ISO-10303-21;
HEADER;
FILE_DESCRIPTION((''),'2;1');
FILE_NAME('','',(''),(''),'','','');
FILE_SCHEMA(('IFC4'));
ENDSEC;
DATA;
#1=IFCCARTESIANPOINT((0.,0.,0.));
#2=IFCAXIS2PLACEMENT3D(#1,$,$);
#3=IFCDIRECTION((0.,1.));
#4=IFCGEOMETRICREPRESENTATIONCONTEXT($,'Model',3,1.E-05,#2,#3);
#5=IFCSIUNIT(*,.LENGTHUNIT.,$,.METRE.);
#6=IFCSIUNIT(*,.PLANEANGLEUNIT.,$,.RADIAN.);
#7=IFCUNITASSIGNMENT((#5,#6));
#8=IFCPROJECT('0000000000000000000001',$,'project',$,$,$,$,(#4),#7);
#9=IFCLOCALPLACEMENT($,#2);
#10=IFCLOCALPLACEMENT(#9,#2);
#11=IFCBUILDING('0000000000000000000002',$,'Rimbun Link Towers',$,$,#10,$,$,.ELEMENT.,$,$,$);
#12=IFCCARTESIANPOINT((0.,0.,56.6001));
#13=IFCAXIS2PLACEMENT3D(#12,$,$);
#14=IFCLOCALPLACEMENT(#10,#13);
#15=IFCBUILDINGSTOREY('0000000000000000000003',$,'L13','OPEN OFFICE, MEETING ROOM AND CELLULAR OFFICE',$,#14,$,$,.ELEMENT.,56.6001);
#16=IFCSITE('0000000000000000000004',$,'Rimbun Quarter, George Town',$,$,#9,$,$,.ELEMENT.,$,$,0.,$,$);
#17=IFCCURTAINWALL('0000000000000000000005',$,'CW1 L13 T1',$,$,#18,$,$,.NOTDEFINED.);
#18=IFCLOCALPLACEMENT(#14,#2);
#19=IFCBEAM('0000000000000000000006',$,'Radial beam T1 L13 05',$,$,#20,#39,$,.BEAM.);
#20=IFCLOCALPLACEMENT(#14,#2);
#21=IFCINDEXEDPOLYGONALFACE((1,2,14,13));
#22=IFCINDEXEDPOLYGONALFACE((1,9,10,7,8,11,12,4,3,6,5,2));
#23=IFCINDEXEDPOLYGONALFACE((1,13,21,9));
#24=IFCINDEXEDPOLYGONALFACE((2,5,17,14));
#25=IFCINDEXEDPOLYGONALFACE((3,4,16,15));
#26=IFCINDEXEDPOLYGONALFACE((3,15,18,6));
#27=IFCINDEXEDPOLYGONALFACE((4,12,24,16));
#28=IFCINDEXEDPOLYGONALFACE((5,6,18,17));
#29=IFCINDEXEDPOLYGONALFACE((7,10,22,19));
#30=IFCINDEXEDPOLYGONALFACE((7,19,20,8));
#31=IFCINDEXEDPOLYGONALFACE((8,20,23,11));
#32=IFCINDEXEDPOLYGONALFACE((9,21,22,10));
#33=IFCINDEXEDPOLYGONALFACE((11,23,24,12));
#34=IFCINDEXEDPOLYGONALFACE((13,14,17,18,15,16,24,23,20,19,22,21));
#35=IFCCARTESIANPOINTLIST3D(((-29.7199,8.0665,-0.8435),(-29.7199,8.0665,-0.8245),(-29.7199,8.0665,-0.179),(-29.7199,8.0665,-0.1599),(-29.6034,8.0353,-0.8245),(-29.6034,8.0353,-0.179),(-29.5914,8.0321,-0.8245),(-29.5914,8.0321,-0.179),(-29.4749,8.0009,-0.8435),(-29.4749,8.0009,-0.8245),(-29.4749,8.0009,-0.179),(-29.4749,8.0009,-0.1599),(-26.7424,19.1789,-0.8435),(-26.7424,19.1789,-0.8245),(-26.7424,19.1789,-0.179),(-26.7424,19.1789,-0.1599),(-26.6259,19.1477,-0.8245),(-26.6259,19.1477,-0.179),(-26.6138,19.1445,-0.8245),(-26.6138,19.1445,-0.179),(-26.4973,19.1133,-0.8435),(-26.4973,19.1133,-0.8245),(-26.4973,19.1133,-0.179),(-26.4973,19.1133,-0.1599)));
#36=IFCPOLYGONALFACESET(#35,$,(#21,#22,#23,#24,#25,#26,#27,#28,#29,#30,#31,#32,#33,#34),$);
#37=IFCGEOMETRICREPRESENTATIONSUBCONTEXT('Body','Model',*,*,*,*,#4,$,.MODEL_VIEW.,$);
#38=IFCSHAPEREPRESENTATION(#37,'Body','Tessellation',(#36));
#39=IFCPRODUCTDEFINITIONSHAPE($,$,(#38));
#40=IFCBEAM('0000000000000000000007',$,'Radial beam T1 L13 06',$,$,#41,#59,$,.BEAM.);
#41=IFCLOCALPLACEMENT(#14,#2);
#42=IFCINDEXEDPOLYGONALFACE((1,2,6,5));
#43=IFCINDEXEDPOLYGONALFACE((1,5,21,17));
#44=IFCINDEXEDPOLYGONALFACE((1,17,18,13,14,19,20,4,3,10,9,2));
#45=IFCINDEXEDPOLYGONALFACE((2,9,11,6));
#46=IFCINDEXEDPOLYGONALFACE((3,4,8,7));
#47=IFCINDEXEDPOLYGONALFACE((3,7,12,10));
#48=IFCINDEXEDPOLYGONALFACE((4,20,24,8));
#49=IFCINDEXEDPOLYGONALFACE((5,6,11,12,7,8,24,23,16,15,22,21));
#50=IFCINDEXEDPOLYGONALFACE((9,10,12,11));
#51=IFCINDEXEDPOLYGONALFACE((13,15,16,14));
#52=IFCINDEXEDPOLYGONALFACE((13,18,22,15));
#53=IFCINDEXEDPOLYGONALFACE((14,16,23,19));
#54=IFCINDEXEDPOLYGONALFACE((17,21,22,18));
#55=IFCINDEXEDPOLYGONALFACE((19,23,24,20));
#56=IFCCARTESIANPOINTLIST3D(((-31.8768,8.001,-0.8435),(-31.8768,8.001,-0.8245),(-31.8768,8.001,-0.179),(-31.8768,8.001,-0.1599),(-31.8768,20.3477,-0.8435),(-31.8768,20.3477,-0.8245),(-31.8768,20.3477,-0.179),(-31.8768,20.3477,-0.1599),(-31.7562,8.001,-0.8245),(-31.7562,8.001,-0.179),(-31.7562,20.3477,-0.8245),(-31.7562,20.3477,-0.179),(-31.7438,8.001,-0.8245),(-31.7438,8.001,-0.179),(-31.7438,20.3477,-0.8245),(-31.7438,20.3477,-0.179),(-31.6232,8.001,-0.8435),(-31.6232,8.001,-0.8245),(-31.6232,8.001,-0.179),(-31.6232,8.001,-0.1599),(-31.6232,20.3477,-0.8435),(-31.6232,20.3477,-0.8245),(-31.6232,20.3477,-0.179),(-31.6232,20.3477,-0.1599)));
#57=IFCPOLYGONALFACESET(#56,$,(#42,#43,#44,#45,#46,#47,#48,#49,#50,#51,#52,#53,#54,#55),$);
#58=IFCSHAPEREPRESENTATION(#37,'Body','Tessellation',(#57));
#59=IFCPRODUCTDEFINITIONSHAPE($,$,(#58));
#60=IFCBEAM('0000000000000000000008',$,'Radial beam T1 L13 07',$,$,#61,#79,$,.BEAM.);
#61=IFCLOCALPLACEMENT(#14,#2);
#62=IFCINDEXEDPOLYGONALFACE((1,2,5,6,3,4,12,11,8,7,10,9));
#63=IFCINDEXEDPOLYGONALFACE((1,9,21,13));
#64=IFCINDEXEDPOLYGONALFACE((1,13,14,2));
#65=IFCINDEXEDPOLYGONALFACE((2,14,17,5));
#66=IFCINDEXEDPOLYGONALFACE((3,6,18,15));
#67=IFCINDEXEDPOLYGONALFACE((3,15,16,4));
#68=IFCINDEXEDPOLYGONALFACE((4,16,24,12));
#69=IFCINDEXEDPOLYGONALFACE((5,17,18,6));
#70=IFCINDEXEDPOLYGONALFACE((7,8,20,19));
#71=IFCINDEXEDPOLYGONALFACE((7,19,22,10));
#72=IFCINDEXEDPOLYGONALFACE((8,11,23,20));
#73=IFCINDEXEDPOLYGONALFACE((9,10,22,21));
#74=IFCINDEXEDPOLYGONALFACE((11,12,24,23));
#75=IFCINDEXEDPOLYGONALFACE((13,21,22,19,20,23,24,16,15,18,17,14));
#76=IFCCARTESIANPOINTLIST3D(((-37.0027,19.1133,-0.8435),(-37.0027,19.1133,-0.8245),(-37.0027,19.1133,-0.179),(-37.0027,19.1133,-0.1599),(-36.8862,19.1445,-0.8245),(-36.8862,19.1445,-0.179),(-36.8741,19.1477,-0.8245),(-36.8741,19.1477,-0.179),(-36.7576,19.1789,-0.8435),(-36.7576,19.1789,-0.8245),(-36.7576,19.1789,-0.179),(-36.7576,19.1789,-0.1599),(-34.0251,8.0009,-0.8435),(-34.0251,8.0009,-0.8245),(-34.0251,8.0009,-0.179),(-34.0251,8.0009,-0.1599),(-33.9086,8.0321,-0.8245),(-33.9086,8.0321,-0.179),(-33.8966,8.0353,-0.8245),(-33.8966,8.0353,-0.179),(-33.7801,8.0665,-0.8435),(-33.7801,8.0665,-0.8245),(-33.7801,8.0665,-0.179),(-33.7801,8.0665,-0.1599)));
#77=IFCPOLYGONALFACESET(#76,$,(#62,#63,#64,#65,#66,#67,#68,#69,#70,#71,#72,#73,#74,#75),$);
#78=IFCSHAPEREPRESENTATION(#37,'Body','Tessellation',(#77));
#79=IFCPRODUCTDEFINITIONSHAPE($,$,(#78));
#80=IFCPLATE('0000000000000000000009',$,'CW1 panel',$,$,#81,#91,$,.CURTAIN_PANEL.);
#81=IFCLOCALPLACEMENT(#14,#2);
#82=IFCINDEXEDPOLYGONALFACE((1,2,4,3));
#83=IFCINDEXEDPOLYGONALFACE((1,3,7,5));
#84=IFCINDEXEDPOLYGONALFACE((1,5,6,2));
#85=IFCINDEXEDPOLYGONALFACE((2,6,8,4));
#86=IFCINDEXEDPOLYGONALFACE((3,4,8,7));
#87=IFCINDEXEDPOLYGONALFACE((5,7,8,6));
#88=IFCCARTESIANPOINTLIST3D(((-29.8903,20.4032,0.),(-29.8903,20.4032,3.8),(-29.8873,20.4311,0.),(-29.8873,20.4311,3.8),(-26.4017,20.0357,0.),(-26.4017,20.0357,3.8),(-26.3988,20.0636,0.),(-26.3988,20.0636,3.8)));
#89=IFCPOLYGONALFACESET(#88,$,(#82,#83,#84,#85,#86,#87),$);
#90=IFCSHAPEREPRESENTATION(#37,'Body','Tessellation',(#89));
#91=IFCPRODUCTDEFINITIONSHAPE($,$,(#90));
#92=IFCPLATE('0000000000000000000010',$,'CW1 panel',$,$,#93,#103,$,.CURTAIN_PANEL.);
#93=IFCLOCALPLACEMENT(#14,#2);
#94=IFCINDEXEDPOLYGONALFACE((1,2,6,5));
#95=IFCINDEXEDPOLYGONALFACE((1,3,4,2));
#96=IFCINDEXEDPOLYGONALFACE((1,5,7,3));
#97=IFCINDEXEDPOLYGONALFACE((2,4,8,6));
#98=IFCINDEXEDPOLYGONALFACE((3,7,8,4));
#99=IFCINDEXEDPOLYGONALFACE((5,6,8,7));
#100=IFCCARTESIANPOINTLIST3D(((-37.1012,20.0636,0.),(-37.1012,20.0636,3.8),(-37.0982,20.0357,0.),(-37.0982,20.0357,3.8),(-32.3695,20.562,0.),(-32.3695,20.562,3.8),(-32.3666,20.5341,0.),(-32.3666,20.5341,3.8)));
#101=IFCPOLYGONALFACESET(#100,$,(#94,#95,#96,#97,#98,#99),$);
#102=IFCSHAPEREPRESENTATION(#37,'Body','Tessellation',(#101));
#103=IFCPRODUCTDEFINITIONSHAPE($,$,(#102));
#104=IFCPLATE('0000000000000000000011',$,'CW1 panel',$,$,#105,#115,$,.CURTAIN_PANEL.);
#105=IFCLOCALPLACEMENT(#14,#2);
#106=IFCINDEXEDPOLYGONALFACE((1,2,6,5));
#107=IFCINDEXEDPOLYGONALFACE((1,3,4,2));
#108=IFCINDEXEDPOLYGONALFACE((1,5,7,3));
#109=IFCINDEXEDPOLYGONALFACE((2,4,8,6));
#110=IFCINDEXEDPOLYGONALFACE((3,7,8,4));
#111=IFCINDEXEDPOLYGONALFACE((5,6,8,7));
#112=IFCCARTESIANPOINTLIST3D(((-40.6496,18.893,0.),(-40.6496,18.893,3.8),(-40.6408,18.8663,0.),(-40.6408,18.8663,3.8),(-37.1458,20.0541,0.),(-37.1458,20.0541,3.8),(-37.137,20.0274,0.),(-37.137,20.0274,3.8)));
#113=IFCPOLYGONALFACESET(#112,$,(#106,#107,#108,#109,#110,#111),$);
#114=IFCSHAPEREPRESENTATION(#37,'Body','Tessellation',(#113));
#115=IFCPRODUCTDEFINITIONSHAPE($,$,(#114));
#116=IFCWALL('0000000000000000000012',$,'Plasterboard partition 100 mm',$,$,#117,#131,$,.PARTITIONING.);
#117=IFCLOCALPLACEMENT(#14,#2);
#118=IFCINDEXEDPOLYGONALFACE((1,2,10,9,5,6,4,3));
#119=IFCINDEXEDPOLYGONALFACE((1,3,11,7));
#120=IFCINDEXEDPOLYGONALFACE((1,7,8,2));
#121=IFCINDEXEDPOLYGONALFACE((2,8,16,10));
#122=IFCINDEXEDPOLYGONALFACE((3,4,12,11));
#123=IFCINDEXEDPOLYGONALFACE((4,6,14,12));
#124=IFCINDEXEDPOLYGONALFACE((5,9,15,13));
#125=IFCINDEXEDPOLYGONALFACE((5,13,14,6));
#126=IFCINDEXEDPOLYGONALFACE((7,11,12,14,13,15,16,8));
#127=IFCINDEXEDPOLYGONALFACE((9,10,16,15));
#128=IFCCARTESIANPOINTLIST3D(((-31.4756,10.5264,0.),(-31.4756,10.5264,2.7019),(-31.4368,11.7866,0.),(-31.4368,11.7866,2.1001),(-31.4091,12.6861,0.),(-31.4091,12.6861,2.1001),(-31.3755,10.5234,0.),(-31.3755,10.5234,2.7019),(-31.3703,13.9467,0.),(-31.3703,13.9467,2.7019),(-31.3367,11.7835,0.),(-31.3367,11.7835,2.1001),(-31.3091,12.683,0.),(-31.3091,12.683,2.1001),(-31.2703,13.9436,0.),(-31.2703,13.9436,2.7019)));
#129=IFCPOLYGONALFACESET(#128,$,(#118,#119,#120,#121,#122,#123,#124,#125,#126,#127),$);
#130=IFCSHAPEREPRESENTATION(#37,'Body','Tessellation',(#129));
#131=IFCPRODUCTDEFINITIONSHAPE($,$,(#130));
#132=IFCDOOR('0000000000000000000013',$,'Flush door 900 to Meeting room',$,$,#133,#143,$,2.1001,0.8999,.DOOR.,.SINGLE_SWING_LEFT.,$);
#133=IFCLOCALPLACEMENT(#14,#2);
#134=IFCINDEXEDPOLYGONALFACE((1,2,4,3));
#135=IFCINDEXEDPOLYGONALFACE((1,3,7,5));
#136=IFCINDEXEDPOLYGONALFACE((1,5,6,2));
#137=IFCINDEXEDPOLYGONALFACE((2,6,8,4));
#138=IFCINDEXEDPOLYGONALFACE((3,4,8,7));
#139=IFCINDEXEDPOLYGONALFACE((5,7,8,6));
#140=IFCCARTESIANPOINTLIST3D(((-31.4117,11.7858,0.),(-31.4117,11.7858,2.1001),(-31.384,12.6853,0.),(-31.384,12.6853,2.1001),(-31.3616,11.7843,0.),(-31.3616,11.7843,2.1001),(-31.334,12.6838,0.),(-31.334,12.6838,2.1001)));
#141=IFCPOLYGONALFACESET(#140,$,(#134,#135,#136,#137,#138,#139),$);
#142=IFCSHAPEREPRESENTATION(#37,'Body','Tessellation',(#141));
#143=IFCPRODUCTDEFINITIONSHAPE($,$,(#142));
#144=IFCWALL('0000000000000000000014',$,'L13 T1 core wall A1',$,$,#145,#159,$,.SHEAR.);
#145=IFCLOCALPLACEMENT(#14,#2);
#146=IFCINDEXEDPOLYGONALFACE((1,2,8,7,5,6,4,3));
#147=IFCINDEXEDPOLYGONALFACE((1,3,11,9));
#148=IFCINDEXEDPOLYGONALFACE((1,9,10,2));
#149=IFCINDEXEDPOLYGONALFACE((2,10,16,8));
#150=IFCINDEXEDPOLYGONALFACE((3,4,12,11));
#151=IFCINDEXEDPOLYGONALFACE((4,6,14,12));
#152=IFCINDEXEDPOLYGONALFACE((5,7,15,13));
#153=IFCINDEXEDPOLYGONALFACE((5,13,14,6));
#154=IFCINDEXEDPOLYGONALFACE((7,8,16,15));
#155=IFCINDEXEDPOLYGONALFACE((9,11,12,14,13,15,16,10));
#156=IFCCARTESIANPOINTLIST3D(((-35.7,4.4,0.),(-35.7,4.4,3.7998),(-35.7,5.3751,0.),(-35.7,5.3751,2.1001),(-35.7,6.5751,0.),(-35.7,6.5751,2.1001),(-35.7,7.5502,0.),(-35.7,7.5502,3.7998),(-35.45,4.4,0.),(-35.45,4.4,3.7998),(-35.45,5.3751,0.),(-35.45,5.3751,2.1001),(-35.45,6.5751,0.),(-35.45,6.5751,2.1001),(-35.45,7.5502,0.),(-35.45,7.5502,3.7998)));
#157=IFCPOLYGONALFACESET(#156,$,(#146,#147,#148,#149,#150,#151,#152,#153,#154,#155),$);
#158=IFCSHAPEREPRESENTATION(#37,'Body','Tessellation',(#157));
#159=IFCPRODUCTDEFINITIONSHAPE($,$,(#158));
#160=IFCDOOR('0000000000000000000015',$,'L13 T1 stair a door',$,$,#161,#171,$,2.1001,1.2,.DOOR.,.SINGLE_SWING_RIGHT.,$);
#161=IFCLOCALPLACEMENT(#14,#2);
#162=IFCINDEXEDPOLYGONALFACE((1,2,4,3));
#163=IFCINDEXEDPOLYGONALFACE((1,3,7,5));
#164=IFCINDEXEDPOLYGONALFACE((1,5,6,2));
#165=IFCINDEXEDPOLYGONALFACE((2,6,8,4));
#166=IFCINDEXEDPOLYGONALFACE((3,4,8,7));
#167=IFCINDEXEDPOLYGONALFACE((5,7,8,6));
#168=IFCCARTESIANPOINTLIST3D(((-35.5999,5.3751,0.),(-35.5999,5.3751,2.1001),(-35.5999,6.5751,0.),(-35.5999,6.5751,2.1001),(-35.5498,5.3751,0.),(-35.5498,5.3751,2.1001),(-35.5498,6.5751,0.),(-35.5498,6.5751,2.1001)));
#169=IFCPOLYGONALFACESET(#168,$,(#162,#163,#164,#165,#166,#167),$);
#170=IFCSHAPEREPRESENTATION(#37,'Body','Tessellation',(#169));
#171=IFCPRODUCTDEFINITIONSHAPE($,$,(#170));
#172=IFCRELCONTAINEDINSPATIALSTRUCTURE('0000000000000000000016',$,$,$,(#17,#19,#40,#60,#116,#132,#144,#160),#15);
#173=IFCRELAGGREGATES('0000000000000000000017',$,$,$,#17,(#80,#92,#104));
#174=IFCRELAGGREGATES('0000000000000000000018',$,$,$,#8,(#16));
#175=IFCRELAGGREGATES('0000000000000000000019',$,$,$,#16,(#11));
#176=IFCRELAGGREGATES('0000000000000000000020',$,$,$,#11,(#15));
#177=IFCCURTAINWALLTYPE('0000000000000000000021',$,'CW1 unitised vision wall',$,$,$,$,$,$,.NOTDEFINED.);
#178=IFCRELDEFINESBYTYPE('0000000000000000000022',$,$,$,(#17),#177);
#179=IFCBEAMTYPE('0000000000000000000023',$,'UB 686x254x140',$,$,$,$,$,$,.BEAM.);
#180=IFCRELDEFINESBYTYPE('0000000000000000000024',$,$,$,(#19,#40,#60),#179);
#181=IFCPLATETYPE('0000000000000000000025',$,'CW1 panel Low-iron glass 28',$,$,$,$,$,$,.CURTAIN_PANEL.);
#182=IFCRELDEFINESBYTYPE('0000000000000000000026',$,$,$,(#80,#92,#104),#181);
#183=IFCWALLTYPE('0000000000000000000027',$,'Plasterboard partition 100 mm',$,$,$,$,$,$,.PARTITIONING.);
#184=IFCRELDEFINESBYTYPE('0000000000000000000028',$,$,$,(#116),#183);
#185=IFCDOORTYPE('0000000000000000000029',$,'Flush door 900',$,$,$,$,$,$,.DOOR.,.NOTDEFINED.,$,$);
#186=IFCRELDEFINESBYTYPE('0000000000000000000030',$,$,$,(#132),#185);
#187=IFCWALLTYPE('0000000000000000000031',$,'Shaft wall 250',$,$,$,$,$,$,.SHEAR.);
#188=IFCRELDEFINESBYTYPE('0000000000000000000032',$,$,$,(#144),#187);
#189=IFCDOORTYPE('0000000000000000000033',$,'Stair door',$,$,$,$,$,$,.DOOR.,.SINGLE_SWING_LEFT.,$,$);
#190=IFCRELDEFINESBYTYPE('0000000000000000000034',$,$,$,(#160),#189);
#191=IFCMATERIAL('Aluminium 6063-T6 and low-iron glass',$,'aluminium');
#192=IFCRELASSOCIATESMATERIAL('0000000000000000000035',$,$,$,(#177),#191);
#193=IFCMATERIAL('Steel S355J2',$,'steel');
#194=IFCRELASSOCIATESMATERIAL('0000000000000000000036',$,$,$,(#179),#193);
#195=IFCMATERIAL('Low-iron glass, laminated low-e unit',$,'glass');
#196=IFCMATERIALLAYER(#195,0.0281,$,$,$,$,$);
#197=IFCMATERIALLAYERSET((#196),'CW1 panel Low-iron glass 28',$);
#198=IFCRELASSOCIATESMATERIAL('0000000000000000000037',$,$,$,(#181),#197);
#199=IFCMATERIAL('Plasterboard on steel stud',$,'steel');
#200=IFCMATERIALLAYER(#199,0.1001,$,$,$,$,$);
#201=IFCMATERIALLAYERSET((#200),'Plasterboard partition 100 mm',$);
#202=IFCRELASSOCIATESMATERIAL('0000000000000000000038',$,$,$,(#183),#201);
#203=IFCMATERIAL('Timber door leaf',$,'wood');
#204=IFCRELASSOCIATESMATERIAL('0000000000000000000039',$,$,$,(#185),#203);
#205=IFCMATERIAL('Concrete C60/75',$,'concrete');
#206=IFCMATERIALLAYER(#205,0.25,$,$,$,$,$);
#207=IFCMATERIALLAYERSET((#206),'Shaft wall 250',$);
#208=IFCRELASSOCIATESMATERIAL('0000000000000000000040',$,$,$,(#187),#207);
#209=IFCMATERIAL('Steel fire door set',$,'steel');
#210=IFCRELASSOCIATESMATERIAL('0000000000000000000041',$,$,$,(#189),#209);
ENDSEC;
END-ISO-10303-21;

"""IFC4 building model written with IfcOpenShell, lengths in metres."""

from ifc_helpers import new_model, si_unit, direction, frame, frame_2d, origin, origin_2d, place, context, subcontext, project, spatial, rectangle, i_section, extrude, material, layer, layer_set, material_profile, profile_set, type_object, element, fill, aggregate, save


model = new_model("IFC4")

# Units and contexts
model_context = context("Model", 3, precision=1e-05, world=origin(), true_north=direction((0.0, 1.0)))
body_context = subcontext(model_context, "Body", "Model", "MODEL_VIEW")
ifc_project = project(units=[si_unit("LENGTHUNIT", "METRE"), si_unit("PLANEANGLEUNIT", "RADIAN")], contexts=[model_context])

# Site, building, storey
site_placement = place(None, origin())
site = spatial("IfcSite", under=ifc_project, at=site_placement, Name="Rimbun Quarter, George Town", CompositionType="ELEMENT", RefElevation=0.0)
building_placement = place(site_placement, origin())
building = spatial("IfcBuilding", under=site, at=building_placement, Name="Rimbun Link Towers", CompositionType="ELEMENT")
storey_placement = place(building_placement, frame((0.0, 0.0, 56.6001)))
storey = spatial("IfcBuildingStorey", under=building, at=storey_placement, Name="L13", Description="OPEN OFFICE, MEETING ROOM AND CELLULAR OFFICE", CompositionType="ELEMENT", Elevation=56.6001)

# Curtain wall
ifc_material_1 = material(Name="Aluminium 6063-T6 and low-iron glass", Category="aluminium")
curtain_wall_type = type_object("IfcCurtainWallType", Name="CW1 unitised vision wall", PredefinedType="NOTDEFINED", material=ifc_material_1)
curtain_wall_placement = place(storey_placement, origin())
curtain_wall = element("IfcCurtainWall", 1, at=curtain_wall_placement, inside=storey, type_object=curtain_wall_type, Name="CW1 L13 T1", PredefinedType="NOTDEFINED")

# Beams
ifc_material_2 = material(Name="Steel S355J2", Category="steel")
ifc_material_profile_1 = material_profile(ifc_material_2, i_section(OverallWidth=0.2537, OverallDepth=0.6836, WebThickness=0.0125, FlangeThickness=0.019, at=origin_2d()), Name="UB 686x254x140")
ifc_profile_set_1 = profile_set([ifc_material_profile_1], Name="Steel S355J2")
beam_type_1 = type_object("IfcBeamType", Name="UB 686x254x140", PredefinedType="BEAM", material=ifc_profile_set_1)
beam_1_placement = place(storey_placement, frame((-29.5974, 8.0337, -0.5017), z_axis=(0.25882, 0.965926, 0.0), x_axis=(-0.965926, 0.25882, 0.0)))
element("IfcBeam", 2, at=beam_1_placement, inside=storey, type_object=beam_type_1, Name="Radial beam T1 L13 05", PredefinedType="BEAM", context=body_context, shape_type="SweptSolid", body=[
    extrude(i_section(OverallWidth=0.2537, OverallDepth=0.6836, WebThickness=0.0125, FlangeThickness=0.019, at=origin_2d()), origin(), (0.0, 0.0, 1.0), 11.5044),
])
beam_2_placement = place(storey_placement, frame((-31.75, 8.001, -0.5017), z_axis=(0.0, 1.0, 0.0), x_axis=(-1.0, 0.0, 0.0)))
element("IfcBeam", 3, at=beam_2_placement, inside=storey, type_object=beam_type_1, Name="Radial beam T1 L13 06", PredefinedType="BEAM", context=body_context, shape_type="SweptSolid", body=[
    extrude(i_section(OverallWidth=0.2537, OverallDepth=0.6836, WebThickness=0.0125, FlangeThickness=0.019, at=origin_2d()), origin(), (0.0, 0.0, 1.0), 12.3467),
])
beam_3_placement = place(storey_placement, frame((-33.9026, 8.0337, -0.5017), z_axis=(-0.25882, 0.965926, 0.0), x_axis=(-0.965926, -0.25882, 0.0)))
element("IfcBeam", 4, at=beam_3_placement, inside=storey, type_object=beam_type_1, Name="Radial beam T1 L13 07", PredefinedType="BEAM", context=body_context, shape_type="SweptSolid", body=[
    extrude(i_section(OverallWidth=0.2537, OverallDepth=0.6836, WebThickness=0.0125, FlangeThickness=0.019, at=origin_2d()), origin(), (0.0, 0.0, 1.0), 11.5044),
])

# Plates
ifc_material_3 = material(Name="Low-iron glass, laminated low-e unit", Category="glass")
ifc_layer_1 = layer(ifc_material_3, 0.0281)
ifc_layer_set_1 = layer_set([ifc_layer_1], Name="CW1 panel Low-iron glass 28")
plate_type = type_object("IfcPlateType", Name="CW1 panel Low-iron glass 28", PredefinedType="CURTAIN_PANEL", material=ifc_layer_set_1)
plate_1_placement = place(storey_placement, frame((-28.1445, 20.2334, 0.0), z_axis=(0.0, 0.0, 1.0), x_axis=(0.994499, -0.104748, 0.0)))
plate_1 = element("IfcPlate", 5, at=plate_1_placement, type_object=plate_type, Name="CW1 panel", PredefinedType="CURTAIN_PANEL", context=body_context, shape_type="SweptSolid", body=[
    extrude(rectangle(XDim=3.5078, YDim=0.0281, at=origin_2d()), origin(), (0.0, 0.0, 1.0), 3.8),
])
plate_2_placement = place(storey_placement, frame((-34.7339, 20.2988, 0.0), z_axis=(0.0, 0.0, 1.0), x_axis=(0.994499, 0.104748, 0.0)))
plate_2 = element("IfcPlate", 6, at=plate_2_placement, type_object=plate_type, Name="CW1 panel", PredefinedType="CURTAIN_PANEL", context=body_context, shape_type="SweptSolid", body=[
    extrude(rectangle(XDim=4.7578, YDim=0.0281, at=origin_2d()), origin(), (0.0, 0.0, 1.0), 3.8),
])
plate_3_placement = place(storey_placement, frame((-38.8933, 19.4602, 0.0), z_axis=(0.0, 0.0, 1.0), x_axis=(0.949236, 0.314563, 0.0)))
plate_3 = element("IfcPlate", 7, at=plate_3_placement, type_object=plate_type, Name="CW1 panel", PredefinedType="CURTAIN_PANEL", context=body_context, shape_type="SweptSolid", body=[
    extrude(rectangle(XDim=3.6912, YDim=0.0281, at=origin_2d()), origin(), (0.0, 0.0, 1.0), 3.8),
])
aggregate(curtain_wall, [plate_1, plate_2, plate_3])

# Walls, openings, doors
ifc_material_4 = material(Name="Plasterboard on steel stud", Category="steel")
ifc_layer_2 = layer(ifc_material_4, 0.1001)
ifc_layer_set_2 = layer_set([ifc_layer_2], Name="Plasterboard partition 100 mm")
wall_type_1 = type_object("IfcWallType", Name="Plasterboard partition 100 mm", PredefinedType="PARTITIONING", material=ifc_layer_set_2)
wall_1_placement = place(storey_placement, frame((-31.4255, 10.5249, 0.0), z_axis=(0.0, 0.0, 1.0), x_axis=(0.030751, 0.999527, 0.0)))
wall_1 = element("IfcWall", 8, at=wall_1_placement, inside=storey, type_object=wall_type_1, Name="Plasterboard partition 100 mm", PredefinedType="PARTITIONING", context=body_context, shape_type="SweptSolid", body=[
    extrude(rectangle(XDim=3.4219, YDim=0.1001, at=frame_2d((1.7109, 0.0))), origin(), (0.0, 0.0, 1.0), 2.7019),
])
opening_1_placement = place(wall_1_placement, frame((1.2607, 0.0, 0.0)))
opening_1 = element("IfcOpeningElement", 9, at=opening_1_placement, cuts=wall_1, PredefinedType="OPENING", context=body_context, shape_type="SweptSolid", body=[
    extrude(rectangle(XDim=0.8999, YDim=2.1001, at=frame_2d((0.45, 1.05))), frame((0.0, 0.0601, 0.0), z_axis=(0.0, -1.0, 0.0), x_axis=(1.0, 0.0, 0.0)), (0.0, 0.0, 1.0), 0.1201),
])
ifc_material_5 = material(Name="Timber door leaf", Category="wood")
door_type_1 = type_object("IfcDoorType", Name="Flush door 900", OperationType="NOTDEFINED", PredefinedType="DOOR", material=ifc_material_5)
door_1_placement = place(opening_1_placement, origin())
door_1 = element("IfcDoor", 10, at=door_1_placement, inside=storey, type_object=door_type_1, Name="Flush door 900 to Meeting room", OperationType="SINGLE_SWING_LEFT", OverallHeight=2.1001, OverallWidth=0.8999, PredefinedType="DOOR", context=body_context, shape_type="SweptSolid", body=[
    extrude(rectangle(XDim=0.8999, YDim=2.1001, at=frame_2d((0.45, 1.05))), frame((0.0, 0.0249, 0.0), z_axis=(0.0, -1.0, 0.0), x_axis=(1.0, 0.0, 0.0)), (0.0, 0.0, 1.0), 0.05),
])
fill(opening_1, door_1)
ifc_material_6 = material(Name="Concrete C60/75", Category="concrete")
ifc_layer_3 = layer(ifc_material_6, 0.25)
ifc_layer_set_3 = layer_set([ifc_layer_3], Name="Shaft wall 250")
wall_type_2 = type_object("IfcWallType", Name="Shaft wall 250", PredefinedType="SHEAR", material=ifc_layer_set_3)
wall_2_placement = place(storey_placement, frame((-35.575, 4.3999, 0.0), z_axis=(0.0, 0.0, 1.0), x_axis=(0.0, 1.0, 0.0)))
wall_2 = element("IfcWall", 11, at=wall_2_placement, inside=storey, type_object=wall_type_2, Name="L13 T1 core wall A1", PredefinedType="SHEAR", context=body_context, shape_type="SweptSolid", body=[
    extrude(rectangle(XDim=3.1501, YDim=0.25, at=frame_2d((1.5752, 0.0))), origin(), (0.0, 0.0, 1.0), 3.7998),
])
opening_2_placement = place(wall_2_placement, frame((0.9751, 0.0, 0.0)))
opening_2 = element("IfcOpeningElement", 12, at=opening_2_placement, cuts=wall_2, PredefinedType="OPENING", context=body_context, shape_type="SweptSolid", body=[
    extrude(rectangle(XDim=1.2, YDim=2.1001, at=frame_2d((0.6001, 1.05))), frame((0.0, 0.135, 0.0), z_axis=(0.0, -1.0, 0.0), x_axis=(1.0, 0.0, 0.0)), (0.0, 0.0, 1.0), 0.27),
])
ifc_material_7 = material(Name="Steel fire door set", Category="steel")
door_type_2 = type_object("IfcDoorType", Name="Stair door", OperationType="SINGLE_SWING_LEFT", PredefinedType="DOOR", material=ifc_material_7)
door_2_placement = place(opening_2_placement, origin())
door_2 = element("IfcDoor", 13, at=door_2_placement, inside=storey, type_object=door_type_2, Name="L13 T1 stair a door", OperationType="SINGLE_SWING_RIGHT", OverallHeight=2.1001, OverallWidth=1.2, PredefinedType="DOOR", context=body_context, shape_type="SweptSolid", body=[
    extrude(rectangle(XDim=1.2, YDim=2.1001, at=frame_2d((0.6001, 1.05))), frame((0.0, 0.0249, 0.0), z_axis=(0.0, -1.0, 0.0), x_axis=(1.0, 0.0, 0.0)), (0.0, 0.0, 1.0), 0.05),
])
fill(opening_2, door_2)

save(model, "model.ifc")
